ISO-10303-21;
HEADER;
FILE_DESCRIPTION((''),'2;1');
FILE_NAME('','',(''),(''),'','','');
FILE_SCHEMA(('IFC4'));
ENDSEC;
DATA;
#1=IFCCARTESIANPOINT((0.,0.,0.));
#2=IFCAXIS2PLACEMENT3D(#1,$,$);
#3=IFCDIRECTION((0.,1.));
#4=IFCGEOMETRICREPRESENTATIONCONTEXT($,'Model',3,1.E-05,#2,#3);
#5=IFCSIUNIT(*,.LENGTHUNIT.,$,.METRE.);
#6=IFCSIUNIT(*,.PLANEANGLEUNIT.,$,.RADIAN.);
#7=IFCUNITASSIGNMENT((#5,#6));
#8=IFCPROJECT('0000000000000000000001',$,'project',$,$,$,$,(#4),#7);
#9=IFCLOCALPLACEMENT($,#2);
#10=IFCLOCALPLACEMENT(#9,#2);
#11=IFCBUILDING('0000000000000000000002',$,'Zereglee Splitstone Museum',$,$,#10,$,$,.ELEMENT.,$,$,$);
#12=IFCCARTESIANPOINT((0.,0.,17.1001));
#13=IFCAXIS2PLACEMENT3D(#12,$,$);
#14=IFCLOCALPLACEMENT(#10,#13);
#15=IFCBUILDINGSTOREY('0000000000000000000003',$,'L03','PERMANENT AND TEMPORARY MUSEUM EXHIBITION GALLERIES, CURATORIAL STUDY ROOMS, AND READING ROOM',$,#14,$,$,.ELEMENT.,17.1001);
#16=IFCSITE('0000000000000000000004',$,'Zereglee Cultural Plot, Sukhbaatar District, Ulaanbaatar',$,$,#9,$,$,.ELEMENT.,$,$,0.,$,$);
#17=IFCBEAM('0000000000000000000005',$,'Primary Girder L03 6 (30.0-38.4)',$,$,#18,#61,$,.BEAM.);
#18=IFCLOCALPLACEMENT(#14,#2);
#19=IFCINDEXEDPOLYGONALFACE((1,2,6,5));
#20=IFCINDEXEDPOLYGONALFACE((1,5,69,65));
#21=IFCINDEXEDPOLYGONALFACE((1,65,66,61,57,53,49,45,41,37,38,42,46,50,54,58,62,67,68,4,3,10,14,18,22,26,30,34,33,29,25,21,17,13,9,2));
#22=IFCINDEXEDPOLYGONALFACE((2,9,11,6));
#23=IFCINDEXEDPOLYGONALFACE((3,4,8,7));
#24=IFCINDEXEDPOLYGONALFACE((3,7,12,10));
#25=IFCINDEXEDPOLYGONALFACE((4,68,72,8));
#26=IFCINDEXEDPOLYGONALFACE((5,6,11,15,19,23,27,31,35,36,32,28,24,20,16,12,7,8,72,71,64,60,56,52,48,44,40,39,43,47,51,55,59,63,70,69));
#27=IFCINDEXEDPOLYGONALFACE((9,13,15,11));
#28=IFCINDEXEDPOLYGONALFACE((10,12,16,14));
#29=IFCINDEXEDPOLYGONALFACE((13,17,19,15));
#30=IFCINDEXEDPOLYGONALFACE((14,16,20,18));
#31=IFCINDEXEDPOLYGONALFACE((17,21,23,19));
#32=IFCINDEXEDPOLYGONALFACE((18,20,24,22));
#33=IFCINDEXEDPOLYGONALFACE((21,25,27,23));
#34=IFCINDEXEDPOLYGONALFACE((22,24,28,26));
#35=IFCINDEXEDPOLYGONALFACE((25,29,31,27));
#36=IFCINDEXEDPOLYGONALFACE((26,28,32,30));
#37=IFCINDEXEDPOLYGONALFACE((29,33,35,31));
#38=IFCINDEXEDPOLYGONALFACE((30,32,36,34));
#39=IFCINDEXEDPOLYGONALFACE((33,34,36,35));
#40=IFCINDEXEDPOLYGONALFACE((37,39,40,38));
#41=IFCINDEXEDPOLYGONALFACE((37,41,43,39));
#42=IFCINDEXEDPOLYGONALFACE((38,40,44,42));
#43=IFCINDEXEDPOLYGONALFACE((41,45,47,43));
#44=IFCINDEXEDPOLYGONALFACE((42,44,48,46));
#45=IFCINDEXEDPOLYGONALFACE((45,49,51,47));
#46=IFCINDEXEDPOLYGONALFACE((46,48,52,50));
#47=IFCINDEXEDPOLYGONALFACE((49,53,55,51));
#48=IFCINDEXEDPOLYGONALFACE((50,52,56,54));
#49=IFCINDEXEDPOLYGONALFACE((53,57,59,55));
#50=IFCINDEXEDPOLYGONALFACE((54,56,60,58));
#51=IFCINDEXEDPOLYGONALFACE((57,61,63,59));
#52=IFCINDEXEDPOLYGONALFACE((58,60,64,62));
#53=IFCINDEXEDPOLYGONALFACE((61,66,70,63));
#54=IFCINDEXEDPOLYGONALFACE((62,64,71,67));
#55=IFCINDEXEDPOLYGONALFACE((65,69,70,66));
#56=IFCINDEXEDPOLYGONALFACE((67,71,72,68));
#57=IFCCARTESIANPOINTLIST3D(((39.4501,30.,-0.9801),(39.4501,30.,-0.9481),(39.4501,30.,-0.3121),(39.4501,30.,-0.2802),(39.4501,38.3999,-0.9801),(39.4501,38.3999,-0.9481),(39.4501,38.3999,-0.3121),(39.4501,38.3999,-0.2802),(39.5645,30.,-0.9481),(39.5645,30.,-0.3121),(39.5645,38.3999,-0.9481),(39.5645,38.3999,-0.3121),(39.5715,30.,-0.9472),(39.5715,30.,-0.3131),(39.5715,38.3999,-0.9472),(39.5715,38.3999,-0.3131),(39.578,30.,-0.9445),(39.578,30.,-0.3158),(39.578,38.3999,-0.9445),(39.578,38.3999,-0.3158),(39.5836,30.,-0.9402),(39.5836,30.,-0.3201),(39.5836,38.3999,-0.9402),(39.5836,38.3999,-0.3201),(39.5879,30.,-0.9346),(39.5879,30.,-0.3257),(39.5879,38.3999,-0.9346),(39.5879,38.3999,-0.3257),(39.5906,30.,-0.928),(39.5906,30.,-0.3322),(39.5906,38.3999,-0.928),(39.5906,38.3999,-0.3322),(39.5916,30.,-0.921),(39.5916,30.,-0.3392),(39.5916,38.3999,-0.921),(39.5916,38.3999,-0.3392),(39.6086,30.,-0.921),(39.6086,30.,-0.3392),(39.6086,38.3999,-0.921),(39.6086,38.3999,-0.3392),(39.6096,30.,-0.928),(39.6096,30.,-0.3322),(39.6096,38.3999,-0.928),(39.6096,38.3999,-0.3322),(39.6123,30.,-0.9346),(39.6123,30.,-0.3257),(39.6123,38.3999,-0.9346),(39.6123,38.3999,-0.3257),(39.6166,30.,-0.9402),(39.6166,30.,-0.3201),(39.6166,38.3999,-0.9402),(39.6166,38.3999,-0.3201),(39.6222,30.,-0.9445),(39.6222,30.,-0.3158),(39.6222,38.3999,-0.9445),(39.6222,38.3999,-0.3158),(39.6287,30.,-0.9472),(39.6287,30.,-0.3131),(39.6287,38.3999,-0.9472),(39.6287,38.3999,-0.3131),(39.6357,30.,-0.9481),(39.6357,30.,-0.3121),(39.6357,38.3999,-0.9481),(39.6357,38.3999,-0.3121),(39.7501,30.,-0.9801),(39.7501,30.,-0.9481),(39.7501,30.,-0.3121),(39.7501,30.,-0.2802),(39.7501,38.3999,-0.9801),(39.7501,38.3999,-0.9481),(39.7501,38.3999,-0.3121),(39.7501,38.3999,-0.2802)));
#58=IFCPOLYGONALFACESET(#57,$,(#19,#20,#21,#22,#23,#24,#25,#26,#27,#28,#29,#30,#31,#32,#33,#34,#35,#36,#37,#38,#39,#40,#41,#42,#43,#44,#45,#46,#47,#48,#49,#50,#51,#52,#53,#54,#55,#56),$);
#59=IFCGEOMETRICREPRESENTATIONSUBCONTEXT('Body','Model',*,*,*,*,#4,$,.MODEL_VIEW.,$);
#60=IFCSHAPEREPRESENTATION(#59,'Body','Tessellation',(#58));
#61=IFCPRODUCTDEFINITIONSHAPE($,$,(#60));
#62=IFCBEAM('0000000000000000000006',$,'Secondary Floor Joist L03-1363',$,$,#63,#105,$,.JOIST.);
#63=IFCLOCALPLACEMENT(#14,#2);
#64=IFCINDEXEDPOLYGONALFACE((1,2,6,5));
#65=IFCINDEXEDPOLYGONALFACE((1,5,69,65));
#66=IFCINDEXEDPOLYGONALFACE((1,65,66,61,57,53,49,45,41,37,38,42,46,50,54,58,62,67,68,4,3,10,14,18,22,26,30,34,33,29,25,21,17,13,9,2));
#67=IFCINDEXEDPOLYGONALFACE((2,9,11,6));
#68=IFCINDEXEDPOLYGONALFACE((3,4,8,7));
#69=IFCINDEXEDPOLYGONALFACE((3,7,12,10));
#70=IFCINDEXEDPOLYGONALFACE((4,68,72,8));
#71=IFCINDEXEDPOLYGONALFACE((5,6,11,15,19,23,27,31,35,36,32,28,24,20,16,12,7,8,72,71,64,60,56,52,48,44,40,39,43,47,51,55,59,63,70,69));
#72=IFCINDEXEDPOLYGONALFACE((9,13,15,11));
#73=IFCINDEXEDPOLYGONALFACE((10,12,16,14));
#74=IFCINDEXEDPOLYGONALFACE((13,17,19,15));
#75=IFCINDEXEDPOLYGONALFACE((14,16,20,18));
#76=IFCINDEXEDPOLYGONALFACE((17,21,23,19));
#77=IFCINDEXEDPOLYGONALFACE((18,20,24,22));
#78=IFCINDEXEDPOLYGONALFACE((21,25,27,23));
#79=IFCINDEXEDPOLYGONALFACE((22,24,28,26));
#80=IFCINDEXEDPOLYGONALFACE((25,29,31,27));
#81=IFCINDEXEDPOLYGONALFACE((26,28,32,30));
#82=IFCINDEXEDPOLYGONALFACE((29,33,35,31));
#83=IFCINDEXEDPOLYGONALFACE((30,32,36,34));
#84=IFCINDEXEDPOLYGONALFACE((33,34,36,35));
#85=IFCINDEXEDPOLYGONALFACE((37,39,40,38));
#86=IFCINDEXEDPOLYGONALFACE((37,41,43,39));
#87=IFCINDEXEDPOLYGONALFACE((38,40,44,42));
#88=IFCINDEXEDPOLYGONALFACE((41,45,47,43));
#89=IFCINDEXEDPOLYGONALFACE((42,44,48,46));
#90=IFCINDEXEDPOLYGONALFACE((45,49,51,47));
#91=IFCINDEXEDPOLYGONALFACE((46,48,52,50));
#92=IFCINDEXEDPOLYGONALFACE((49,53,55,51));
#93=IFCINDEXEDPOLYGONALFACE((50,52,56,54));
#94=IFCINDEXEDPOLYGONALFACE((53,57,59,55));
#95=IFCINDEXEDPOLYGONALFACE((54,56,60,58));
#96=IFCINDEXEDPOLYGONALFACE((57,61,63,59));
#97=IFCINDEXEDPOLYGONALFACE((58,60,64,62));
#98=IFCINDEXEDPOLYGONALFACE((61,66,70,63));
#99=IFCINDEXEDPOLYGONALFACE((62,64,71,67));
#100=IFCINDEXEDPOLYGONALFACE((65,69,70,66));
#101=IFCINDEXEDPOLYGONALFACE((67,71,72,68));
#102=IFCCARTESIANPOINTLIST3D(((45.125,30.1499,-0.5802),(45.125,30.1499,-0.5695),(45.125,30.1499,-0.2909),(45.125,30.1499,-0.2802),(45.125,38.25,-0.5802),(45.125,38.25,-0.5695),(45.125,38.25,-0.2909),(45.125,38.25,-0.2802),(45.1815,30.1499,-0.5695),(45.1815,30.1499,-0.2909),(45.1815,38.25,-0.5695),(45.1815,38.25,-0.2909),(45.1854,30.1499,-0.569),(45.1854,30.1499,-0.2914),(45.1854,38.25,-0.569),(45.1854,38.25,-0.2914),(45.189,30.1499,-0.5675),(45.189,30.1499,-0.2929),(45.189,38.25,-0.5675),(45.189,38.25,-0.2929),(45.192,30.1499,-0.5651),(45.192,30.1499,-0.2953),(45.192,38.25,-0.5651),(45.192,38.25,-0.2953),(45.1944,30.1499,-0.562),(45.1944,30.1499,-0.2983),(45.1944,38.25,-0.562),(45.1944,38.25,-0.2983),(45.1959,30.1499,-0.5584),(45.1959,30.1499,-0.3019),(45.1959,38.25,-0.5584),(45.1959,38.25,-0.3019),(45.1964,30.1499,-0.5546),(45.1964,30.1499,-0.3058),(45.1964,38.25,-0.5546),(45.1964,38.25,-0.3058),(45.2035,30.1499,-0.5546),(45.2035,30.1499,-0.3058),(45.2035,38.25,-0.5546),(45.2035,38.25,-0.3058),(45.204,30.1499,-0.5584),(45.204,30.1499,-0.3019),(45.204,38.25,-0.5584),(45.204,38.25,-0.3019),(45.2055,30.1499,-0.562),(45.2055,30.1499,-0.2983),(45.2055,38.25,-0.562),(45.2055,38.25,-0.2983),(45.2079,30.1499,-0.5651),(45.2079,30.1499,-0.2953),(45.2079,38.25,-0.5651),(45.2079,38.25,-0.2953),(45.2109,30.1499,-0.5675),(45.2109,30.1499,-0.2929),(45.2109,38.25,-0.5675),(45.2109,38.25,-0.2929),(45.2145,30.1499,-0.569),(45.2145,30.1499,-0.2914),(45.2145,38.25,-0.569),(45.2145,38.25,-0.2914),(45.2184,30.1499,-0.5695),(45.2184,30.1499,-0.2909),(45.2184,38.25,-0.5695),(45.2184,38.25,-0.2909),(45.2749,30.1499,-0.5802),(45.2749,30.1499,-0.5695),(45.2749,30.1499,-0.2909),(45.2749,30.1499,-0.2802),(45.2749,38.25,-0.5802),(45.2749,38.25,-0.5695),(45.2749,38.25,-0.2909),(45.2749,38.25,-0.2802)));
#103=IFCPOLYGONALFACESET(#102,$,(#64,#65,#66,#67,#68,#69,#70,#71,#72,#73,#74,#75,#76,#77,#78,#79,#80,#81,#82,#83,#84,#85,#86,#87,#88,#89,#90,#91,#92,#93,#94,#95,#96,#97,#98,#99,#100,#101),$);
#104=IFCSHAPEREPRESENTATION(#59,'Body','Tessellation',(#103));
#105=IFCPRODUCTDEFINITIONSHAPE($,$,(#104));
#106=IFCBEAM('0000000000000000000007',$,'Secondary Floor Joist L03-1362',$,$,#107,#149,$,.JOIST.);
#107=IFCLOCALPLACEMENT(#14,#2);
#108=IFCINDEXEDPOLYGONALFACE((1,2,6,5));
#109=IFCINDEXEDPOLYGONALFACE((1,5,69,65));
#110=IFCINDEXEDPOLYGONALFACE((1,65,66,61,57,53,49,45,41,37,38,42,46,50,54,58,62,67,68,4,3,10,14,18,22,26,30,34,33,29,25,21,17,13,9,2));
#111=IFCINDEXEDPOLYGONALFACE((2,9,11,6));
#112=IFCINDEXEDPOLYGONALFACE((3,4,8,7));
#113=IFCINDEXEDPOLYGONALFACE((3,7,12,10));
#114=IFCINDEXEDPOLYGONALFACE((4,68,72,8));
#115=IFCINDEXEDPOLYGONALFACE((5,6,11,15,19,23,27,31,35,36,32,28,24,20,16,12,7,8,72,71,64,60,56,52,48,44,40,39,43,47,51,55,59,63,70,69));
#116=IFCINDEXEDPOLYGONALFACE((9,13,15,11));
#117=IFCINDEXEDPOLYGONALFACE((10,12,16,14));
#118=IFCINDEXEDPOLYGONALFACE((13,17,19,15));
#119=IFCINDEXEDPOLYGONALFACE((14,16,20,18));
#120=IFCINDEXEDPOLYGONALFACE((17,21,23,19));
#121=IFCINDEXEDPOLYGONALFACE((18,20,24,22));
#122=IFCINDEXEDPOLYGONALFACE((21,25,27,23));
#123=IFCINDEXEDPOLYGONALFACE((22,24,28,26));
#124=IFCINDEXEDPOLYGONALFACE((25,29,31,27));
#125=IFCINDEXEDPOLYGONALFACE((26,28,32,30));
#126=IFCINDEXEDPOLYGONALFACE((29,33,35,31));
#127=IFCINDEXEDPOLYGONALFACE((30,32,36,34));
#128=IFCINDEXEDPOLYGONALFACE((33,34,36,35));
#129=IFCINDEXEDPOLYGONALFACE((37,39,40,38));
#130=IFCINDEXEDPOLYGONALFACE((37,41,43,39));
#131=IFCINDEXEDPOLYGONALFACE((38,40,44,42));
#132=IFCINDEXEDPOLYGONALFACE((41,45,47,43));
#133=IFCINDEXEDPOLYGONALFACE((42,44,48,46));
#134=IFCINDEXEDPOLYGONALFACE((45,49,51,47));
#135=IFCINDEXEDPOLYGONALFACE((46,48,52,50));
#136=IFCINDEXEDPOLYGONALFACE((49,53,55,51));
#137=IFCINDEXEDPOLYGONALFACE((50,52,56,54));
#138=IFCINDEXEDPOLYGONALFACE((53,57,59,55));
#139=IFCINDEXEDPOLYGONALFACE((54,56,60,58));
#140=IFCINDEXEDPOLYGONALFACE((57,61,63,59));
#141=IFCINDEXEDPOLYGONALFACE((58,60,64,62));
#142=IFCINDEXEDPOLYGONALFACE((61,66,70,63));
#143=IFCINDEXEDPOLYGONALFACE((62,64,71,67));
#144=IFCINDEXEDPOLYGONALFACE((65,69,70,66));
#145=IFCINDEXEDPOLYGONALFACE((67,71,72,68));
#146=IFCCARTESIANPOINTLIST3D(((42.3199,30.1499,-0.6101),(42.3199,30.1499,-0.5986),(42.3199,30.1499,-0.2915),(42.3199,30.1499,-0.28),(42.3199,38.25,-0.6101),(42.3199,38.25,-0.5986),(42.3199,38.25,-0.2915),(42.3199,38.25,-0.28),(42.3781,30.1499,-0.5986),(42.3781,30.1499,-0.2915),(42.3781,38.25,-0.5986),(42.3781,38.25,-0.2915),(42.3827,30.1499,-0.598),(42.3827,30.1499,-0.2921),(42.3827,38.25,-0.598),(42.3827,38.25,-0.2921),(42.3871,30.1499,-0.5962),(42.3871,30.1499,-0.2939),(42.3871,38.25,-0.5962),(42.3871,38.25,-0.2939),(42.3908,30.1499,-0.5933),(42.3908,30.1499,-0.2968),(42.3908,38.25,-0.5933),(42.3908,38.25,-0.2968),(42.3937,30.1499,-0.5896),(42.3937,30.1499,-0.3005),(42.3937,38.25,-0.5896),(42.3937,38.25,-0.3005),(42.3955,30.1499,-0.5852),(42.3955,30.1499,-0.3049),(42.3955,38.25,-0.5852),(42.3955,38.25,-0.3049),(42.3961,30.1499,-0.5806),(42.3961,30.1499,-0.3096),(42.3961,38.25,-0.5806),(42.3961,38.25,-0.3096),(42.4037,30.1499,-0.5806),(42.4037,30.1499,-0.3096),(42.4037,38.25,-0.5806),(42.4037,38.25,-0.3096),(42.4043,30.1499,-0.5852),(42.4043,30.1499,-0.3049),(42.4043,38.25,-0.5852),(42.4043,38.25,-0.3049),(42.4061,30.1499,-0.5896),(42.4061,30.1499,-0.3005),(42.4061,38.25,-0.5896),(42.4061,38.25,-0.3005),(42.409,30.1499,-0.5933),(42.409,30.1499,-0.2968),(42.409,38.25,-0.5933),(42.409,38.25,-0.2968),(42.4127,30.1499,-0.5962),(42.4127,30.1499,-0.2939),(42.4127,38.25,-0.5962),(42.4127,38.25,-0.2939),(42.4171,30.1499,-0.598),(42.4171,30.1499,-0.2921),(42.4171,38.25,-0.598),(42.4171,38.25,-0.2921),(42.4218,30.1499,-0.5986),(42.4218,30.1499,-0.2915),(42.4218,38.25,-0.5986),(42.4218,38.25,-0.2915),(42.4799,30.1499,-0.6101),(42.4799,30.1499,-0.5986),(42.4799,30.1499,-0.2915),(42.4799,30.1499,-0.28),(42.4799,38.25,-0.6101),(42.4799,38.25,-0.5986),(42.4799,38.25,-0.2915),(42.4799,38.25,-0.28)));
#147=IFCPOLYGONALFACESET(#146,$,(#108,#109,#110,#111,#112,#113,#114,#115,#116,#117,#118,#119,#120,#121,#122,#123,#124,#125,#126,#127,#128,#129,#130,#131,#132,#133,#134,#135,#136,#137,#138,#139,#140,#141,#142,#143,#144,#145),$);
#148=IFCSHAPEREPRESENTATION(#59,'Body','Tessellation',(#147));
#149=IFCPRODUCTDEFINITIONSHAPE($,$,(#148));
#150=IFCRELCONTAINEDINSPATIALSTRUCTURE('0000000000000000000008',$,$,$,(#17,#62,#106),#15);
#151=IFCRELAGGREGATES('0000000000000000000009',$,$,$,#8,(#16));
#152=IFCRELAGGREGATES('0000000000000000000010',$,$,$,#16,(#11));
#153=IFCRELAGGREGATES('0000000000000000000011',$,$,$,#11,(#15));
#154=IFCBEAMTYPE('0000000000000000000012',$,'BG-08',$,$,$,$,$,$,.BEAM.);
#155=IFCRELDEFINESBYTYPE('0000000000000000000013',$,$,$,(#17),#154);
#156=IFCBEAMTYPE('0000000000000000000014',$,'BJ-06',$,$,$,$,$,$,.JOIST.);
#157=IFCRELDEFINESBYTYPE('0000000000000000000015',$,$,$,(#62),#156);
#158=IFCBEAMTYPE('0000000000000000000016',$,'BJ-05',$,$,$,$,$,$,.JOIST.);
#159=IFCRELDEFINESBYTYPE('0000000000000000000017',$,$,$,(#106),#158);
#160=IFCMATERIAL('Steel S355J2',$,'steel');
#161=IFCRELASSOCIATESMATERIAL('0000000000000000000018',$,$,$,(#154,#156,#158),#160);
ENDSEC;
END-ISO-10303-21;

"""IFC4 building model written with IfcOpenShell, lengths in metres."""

from ifc_helpers import new_model, si_unit, direction, frame, origin, origin_2d, place, context, subcontext, project, spatial, i_section, extrude, material, material_profile, profile_set, type_object, element, save


model = new_model("IFC4")

# Units and contexts
model_context = context("Model", 3, precision=1e-05, world=origin(), true_north=direction((0.0, 1.0)))
body_context = subcontext(model_context, "Body", "Model", "MODEL_VIEW")
ifc_project = project(units=[si_unit("LENGTHUNIT", "METRE"), si_unit("PLANEANGLEUNIT", "RADIAN")], contexts=[model_context])

# Site, building, storey
site_placement = place(None, origin())
site = spatial("IfcSite", under=ifc_project, at=site_placement, Name="Zereglee Cultural Plot, Sukhbaatar District, Ulaanbaatar", CompositionType="ELEMENT", RefElevation=0.0)
building_placement = place(site_placement, origin())
building = spatial("IfcBuilding", under=site, at=building_placement, Name="Zereglee Splitstone Museum", CompositionType="ELEMENT")
storey_placement = place(building_placement, frame((0.0, 0.0, 17.1001)))
storey = spatial("IfcBuildingStorey", under=building, at=storey_placement, Name="L03", Description="PERMANENT AND TEMPORARY MUSEUM EXHIBITION GALLERIES, CURATORIAL STUDY ROOMS, AND READING ROOM", CompositionType="ELEMENT", Elevation=17.1001)

# Shared definitions
ifc_material_1 = material(Name="Steel S355J2", Category="steel")

# Beams
ifc_material_profile_1 = material_profile(ifc_material_1, i_section(OverallWidth=0.3, OverallDepth=0.7, WebThickness=0.0171, FlangeThickness=0.032, FilletRadius=0.0271, at=origin_2d()), Name="HE 700 B")
ifc_profile_set_1 = profile_set([ifc_material_profile_1], Name="Steel S355J2")
beam_type_1 = type_object("IfcBeamType", Name="BG-08", PredefinedType="BEAM", material=ifc_profile_set_1)
beam_1_placement = place(storey_placement, frame((39.6001, 30.0, -0.6301), z_axis=(0.0, 1.0, 0.0), x_axis=(-1.0, 0.0, 0.0)))
element("IfcBeam", 1, at=beam_1_placement, inside=storey, type_object=beam_type_1, Name="Primary Girder L03 6 (30.0-38.4)", PredefinedType="BEAM", context=body_context, shape_type="SweptSolid", body=[
    extrude(i_section(OverallWidth=0.3, OverallDepth=0.7, WebThickness=0.0171, FlangeThickness=0.032, FilletRadius=0.0271, at=origin_2d()), origin(), (0.0, 0.0, 1.0), 8.3999),
])
ifc_material_profile_2 = material_profile(ifc_material_1, i_section(OverallWidth=0.1499, OverallDepth=0.3, WebThickness=0.0071, FlangeThickness=0.0107, FilletRadius=0.0149, at=origin_2d()), Name="IPE 300")
ifc_profile_set_2 = profile_set([ifc_material_profile_2], Name="Steel S355J2")
beam_type_2 = type_object("IfcBeamType", Name="BJ-06", PredefinedType="JOIST", material=ifc_profile_set_2)
beam_2_placement = place(storey_placement, frame((45.2, 30.1499, -0.4302), z_axis=(0.0, 1.0, 0.0), x_axis=(-1.0, 0.0, 0.0)))
element("IfcBeam", 2, at=beam_2_placement, inside=storey, type_object=beam_type_2, Name="Secondary Floor Joist L03-1363", PredefinedType="JOIST", context=body_context, shape_type="SweptSolid", body=[
    extrude(i_section(OverallWidth=0.1499, OverallDepth=0.3, WebThickness=0.0071, FlangeThickness=0.0107, FilletRadius=0.0149, at=origin_2d()), origin(), (0.0, 0.0, 1.0), 8.1001),
])
ifc_material_profile_3 = material_profile(ifc_material_1, i_section(OverallWidth=0.1599, OverallDepth=0.3301, WebThickness=0.0076, FlangeThickness=0.0115, FilletRadius=0.0181, at=origin_2d()), Name="IPE 330")
ifc_profile_set_3 = profile_set([ifc_material_profile_3], Name="Steel S355J2")
beam_type_3 = type_object("IfcBeamType", Name="BJ-05", PredefinedType="JOIST", material=ifc_profile_set_3)
beam_3_placement = place(storey_placement, frame((42.3999, 30.1499, -0.4451), z_axis=(0.0, 1.0, 0.0), x_axis=(-1.0, 0.0, 0.0)))
element("IfcBeam", 3, at=beam_3_placement, inside=storey, type_object=beam_type_3, Name="Secondary Floor Joist L03-1362", PredefinedType="JOIST", context=body_context, shape_type="SweptSolid", body=[
    extrude(i_section(OverallWidth=0.1599, OverallDepth=0.3301, WebThickness=0.0076, FlangeThickness=0.0115, FilletRadius=0.0181, at=origin_2d()), origin(), (0.0, 0.0, 1.0), 8.1001),
])

save(model, "model.ifc")
